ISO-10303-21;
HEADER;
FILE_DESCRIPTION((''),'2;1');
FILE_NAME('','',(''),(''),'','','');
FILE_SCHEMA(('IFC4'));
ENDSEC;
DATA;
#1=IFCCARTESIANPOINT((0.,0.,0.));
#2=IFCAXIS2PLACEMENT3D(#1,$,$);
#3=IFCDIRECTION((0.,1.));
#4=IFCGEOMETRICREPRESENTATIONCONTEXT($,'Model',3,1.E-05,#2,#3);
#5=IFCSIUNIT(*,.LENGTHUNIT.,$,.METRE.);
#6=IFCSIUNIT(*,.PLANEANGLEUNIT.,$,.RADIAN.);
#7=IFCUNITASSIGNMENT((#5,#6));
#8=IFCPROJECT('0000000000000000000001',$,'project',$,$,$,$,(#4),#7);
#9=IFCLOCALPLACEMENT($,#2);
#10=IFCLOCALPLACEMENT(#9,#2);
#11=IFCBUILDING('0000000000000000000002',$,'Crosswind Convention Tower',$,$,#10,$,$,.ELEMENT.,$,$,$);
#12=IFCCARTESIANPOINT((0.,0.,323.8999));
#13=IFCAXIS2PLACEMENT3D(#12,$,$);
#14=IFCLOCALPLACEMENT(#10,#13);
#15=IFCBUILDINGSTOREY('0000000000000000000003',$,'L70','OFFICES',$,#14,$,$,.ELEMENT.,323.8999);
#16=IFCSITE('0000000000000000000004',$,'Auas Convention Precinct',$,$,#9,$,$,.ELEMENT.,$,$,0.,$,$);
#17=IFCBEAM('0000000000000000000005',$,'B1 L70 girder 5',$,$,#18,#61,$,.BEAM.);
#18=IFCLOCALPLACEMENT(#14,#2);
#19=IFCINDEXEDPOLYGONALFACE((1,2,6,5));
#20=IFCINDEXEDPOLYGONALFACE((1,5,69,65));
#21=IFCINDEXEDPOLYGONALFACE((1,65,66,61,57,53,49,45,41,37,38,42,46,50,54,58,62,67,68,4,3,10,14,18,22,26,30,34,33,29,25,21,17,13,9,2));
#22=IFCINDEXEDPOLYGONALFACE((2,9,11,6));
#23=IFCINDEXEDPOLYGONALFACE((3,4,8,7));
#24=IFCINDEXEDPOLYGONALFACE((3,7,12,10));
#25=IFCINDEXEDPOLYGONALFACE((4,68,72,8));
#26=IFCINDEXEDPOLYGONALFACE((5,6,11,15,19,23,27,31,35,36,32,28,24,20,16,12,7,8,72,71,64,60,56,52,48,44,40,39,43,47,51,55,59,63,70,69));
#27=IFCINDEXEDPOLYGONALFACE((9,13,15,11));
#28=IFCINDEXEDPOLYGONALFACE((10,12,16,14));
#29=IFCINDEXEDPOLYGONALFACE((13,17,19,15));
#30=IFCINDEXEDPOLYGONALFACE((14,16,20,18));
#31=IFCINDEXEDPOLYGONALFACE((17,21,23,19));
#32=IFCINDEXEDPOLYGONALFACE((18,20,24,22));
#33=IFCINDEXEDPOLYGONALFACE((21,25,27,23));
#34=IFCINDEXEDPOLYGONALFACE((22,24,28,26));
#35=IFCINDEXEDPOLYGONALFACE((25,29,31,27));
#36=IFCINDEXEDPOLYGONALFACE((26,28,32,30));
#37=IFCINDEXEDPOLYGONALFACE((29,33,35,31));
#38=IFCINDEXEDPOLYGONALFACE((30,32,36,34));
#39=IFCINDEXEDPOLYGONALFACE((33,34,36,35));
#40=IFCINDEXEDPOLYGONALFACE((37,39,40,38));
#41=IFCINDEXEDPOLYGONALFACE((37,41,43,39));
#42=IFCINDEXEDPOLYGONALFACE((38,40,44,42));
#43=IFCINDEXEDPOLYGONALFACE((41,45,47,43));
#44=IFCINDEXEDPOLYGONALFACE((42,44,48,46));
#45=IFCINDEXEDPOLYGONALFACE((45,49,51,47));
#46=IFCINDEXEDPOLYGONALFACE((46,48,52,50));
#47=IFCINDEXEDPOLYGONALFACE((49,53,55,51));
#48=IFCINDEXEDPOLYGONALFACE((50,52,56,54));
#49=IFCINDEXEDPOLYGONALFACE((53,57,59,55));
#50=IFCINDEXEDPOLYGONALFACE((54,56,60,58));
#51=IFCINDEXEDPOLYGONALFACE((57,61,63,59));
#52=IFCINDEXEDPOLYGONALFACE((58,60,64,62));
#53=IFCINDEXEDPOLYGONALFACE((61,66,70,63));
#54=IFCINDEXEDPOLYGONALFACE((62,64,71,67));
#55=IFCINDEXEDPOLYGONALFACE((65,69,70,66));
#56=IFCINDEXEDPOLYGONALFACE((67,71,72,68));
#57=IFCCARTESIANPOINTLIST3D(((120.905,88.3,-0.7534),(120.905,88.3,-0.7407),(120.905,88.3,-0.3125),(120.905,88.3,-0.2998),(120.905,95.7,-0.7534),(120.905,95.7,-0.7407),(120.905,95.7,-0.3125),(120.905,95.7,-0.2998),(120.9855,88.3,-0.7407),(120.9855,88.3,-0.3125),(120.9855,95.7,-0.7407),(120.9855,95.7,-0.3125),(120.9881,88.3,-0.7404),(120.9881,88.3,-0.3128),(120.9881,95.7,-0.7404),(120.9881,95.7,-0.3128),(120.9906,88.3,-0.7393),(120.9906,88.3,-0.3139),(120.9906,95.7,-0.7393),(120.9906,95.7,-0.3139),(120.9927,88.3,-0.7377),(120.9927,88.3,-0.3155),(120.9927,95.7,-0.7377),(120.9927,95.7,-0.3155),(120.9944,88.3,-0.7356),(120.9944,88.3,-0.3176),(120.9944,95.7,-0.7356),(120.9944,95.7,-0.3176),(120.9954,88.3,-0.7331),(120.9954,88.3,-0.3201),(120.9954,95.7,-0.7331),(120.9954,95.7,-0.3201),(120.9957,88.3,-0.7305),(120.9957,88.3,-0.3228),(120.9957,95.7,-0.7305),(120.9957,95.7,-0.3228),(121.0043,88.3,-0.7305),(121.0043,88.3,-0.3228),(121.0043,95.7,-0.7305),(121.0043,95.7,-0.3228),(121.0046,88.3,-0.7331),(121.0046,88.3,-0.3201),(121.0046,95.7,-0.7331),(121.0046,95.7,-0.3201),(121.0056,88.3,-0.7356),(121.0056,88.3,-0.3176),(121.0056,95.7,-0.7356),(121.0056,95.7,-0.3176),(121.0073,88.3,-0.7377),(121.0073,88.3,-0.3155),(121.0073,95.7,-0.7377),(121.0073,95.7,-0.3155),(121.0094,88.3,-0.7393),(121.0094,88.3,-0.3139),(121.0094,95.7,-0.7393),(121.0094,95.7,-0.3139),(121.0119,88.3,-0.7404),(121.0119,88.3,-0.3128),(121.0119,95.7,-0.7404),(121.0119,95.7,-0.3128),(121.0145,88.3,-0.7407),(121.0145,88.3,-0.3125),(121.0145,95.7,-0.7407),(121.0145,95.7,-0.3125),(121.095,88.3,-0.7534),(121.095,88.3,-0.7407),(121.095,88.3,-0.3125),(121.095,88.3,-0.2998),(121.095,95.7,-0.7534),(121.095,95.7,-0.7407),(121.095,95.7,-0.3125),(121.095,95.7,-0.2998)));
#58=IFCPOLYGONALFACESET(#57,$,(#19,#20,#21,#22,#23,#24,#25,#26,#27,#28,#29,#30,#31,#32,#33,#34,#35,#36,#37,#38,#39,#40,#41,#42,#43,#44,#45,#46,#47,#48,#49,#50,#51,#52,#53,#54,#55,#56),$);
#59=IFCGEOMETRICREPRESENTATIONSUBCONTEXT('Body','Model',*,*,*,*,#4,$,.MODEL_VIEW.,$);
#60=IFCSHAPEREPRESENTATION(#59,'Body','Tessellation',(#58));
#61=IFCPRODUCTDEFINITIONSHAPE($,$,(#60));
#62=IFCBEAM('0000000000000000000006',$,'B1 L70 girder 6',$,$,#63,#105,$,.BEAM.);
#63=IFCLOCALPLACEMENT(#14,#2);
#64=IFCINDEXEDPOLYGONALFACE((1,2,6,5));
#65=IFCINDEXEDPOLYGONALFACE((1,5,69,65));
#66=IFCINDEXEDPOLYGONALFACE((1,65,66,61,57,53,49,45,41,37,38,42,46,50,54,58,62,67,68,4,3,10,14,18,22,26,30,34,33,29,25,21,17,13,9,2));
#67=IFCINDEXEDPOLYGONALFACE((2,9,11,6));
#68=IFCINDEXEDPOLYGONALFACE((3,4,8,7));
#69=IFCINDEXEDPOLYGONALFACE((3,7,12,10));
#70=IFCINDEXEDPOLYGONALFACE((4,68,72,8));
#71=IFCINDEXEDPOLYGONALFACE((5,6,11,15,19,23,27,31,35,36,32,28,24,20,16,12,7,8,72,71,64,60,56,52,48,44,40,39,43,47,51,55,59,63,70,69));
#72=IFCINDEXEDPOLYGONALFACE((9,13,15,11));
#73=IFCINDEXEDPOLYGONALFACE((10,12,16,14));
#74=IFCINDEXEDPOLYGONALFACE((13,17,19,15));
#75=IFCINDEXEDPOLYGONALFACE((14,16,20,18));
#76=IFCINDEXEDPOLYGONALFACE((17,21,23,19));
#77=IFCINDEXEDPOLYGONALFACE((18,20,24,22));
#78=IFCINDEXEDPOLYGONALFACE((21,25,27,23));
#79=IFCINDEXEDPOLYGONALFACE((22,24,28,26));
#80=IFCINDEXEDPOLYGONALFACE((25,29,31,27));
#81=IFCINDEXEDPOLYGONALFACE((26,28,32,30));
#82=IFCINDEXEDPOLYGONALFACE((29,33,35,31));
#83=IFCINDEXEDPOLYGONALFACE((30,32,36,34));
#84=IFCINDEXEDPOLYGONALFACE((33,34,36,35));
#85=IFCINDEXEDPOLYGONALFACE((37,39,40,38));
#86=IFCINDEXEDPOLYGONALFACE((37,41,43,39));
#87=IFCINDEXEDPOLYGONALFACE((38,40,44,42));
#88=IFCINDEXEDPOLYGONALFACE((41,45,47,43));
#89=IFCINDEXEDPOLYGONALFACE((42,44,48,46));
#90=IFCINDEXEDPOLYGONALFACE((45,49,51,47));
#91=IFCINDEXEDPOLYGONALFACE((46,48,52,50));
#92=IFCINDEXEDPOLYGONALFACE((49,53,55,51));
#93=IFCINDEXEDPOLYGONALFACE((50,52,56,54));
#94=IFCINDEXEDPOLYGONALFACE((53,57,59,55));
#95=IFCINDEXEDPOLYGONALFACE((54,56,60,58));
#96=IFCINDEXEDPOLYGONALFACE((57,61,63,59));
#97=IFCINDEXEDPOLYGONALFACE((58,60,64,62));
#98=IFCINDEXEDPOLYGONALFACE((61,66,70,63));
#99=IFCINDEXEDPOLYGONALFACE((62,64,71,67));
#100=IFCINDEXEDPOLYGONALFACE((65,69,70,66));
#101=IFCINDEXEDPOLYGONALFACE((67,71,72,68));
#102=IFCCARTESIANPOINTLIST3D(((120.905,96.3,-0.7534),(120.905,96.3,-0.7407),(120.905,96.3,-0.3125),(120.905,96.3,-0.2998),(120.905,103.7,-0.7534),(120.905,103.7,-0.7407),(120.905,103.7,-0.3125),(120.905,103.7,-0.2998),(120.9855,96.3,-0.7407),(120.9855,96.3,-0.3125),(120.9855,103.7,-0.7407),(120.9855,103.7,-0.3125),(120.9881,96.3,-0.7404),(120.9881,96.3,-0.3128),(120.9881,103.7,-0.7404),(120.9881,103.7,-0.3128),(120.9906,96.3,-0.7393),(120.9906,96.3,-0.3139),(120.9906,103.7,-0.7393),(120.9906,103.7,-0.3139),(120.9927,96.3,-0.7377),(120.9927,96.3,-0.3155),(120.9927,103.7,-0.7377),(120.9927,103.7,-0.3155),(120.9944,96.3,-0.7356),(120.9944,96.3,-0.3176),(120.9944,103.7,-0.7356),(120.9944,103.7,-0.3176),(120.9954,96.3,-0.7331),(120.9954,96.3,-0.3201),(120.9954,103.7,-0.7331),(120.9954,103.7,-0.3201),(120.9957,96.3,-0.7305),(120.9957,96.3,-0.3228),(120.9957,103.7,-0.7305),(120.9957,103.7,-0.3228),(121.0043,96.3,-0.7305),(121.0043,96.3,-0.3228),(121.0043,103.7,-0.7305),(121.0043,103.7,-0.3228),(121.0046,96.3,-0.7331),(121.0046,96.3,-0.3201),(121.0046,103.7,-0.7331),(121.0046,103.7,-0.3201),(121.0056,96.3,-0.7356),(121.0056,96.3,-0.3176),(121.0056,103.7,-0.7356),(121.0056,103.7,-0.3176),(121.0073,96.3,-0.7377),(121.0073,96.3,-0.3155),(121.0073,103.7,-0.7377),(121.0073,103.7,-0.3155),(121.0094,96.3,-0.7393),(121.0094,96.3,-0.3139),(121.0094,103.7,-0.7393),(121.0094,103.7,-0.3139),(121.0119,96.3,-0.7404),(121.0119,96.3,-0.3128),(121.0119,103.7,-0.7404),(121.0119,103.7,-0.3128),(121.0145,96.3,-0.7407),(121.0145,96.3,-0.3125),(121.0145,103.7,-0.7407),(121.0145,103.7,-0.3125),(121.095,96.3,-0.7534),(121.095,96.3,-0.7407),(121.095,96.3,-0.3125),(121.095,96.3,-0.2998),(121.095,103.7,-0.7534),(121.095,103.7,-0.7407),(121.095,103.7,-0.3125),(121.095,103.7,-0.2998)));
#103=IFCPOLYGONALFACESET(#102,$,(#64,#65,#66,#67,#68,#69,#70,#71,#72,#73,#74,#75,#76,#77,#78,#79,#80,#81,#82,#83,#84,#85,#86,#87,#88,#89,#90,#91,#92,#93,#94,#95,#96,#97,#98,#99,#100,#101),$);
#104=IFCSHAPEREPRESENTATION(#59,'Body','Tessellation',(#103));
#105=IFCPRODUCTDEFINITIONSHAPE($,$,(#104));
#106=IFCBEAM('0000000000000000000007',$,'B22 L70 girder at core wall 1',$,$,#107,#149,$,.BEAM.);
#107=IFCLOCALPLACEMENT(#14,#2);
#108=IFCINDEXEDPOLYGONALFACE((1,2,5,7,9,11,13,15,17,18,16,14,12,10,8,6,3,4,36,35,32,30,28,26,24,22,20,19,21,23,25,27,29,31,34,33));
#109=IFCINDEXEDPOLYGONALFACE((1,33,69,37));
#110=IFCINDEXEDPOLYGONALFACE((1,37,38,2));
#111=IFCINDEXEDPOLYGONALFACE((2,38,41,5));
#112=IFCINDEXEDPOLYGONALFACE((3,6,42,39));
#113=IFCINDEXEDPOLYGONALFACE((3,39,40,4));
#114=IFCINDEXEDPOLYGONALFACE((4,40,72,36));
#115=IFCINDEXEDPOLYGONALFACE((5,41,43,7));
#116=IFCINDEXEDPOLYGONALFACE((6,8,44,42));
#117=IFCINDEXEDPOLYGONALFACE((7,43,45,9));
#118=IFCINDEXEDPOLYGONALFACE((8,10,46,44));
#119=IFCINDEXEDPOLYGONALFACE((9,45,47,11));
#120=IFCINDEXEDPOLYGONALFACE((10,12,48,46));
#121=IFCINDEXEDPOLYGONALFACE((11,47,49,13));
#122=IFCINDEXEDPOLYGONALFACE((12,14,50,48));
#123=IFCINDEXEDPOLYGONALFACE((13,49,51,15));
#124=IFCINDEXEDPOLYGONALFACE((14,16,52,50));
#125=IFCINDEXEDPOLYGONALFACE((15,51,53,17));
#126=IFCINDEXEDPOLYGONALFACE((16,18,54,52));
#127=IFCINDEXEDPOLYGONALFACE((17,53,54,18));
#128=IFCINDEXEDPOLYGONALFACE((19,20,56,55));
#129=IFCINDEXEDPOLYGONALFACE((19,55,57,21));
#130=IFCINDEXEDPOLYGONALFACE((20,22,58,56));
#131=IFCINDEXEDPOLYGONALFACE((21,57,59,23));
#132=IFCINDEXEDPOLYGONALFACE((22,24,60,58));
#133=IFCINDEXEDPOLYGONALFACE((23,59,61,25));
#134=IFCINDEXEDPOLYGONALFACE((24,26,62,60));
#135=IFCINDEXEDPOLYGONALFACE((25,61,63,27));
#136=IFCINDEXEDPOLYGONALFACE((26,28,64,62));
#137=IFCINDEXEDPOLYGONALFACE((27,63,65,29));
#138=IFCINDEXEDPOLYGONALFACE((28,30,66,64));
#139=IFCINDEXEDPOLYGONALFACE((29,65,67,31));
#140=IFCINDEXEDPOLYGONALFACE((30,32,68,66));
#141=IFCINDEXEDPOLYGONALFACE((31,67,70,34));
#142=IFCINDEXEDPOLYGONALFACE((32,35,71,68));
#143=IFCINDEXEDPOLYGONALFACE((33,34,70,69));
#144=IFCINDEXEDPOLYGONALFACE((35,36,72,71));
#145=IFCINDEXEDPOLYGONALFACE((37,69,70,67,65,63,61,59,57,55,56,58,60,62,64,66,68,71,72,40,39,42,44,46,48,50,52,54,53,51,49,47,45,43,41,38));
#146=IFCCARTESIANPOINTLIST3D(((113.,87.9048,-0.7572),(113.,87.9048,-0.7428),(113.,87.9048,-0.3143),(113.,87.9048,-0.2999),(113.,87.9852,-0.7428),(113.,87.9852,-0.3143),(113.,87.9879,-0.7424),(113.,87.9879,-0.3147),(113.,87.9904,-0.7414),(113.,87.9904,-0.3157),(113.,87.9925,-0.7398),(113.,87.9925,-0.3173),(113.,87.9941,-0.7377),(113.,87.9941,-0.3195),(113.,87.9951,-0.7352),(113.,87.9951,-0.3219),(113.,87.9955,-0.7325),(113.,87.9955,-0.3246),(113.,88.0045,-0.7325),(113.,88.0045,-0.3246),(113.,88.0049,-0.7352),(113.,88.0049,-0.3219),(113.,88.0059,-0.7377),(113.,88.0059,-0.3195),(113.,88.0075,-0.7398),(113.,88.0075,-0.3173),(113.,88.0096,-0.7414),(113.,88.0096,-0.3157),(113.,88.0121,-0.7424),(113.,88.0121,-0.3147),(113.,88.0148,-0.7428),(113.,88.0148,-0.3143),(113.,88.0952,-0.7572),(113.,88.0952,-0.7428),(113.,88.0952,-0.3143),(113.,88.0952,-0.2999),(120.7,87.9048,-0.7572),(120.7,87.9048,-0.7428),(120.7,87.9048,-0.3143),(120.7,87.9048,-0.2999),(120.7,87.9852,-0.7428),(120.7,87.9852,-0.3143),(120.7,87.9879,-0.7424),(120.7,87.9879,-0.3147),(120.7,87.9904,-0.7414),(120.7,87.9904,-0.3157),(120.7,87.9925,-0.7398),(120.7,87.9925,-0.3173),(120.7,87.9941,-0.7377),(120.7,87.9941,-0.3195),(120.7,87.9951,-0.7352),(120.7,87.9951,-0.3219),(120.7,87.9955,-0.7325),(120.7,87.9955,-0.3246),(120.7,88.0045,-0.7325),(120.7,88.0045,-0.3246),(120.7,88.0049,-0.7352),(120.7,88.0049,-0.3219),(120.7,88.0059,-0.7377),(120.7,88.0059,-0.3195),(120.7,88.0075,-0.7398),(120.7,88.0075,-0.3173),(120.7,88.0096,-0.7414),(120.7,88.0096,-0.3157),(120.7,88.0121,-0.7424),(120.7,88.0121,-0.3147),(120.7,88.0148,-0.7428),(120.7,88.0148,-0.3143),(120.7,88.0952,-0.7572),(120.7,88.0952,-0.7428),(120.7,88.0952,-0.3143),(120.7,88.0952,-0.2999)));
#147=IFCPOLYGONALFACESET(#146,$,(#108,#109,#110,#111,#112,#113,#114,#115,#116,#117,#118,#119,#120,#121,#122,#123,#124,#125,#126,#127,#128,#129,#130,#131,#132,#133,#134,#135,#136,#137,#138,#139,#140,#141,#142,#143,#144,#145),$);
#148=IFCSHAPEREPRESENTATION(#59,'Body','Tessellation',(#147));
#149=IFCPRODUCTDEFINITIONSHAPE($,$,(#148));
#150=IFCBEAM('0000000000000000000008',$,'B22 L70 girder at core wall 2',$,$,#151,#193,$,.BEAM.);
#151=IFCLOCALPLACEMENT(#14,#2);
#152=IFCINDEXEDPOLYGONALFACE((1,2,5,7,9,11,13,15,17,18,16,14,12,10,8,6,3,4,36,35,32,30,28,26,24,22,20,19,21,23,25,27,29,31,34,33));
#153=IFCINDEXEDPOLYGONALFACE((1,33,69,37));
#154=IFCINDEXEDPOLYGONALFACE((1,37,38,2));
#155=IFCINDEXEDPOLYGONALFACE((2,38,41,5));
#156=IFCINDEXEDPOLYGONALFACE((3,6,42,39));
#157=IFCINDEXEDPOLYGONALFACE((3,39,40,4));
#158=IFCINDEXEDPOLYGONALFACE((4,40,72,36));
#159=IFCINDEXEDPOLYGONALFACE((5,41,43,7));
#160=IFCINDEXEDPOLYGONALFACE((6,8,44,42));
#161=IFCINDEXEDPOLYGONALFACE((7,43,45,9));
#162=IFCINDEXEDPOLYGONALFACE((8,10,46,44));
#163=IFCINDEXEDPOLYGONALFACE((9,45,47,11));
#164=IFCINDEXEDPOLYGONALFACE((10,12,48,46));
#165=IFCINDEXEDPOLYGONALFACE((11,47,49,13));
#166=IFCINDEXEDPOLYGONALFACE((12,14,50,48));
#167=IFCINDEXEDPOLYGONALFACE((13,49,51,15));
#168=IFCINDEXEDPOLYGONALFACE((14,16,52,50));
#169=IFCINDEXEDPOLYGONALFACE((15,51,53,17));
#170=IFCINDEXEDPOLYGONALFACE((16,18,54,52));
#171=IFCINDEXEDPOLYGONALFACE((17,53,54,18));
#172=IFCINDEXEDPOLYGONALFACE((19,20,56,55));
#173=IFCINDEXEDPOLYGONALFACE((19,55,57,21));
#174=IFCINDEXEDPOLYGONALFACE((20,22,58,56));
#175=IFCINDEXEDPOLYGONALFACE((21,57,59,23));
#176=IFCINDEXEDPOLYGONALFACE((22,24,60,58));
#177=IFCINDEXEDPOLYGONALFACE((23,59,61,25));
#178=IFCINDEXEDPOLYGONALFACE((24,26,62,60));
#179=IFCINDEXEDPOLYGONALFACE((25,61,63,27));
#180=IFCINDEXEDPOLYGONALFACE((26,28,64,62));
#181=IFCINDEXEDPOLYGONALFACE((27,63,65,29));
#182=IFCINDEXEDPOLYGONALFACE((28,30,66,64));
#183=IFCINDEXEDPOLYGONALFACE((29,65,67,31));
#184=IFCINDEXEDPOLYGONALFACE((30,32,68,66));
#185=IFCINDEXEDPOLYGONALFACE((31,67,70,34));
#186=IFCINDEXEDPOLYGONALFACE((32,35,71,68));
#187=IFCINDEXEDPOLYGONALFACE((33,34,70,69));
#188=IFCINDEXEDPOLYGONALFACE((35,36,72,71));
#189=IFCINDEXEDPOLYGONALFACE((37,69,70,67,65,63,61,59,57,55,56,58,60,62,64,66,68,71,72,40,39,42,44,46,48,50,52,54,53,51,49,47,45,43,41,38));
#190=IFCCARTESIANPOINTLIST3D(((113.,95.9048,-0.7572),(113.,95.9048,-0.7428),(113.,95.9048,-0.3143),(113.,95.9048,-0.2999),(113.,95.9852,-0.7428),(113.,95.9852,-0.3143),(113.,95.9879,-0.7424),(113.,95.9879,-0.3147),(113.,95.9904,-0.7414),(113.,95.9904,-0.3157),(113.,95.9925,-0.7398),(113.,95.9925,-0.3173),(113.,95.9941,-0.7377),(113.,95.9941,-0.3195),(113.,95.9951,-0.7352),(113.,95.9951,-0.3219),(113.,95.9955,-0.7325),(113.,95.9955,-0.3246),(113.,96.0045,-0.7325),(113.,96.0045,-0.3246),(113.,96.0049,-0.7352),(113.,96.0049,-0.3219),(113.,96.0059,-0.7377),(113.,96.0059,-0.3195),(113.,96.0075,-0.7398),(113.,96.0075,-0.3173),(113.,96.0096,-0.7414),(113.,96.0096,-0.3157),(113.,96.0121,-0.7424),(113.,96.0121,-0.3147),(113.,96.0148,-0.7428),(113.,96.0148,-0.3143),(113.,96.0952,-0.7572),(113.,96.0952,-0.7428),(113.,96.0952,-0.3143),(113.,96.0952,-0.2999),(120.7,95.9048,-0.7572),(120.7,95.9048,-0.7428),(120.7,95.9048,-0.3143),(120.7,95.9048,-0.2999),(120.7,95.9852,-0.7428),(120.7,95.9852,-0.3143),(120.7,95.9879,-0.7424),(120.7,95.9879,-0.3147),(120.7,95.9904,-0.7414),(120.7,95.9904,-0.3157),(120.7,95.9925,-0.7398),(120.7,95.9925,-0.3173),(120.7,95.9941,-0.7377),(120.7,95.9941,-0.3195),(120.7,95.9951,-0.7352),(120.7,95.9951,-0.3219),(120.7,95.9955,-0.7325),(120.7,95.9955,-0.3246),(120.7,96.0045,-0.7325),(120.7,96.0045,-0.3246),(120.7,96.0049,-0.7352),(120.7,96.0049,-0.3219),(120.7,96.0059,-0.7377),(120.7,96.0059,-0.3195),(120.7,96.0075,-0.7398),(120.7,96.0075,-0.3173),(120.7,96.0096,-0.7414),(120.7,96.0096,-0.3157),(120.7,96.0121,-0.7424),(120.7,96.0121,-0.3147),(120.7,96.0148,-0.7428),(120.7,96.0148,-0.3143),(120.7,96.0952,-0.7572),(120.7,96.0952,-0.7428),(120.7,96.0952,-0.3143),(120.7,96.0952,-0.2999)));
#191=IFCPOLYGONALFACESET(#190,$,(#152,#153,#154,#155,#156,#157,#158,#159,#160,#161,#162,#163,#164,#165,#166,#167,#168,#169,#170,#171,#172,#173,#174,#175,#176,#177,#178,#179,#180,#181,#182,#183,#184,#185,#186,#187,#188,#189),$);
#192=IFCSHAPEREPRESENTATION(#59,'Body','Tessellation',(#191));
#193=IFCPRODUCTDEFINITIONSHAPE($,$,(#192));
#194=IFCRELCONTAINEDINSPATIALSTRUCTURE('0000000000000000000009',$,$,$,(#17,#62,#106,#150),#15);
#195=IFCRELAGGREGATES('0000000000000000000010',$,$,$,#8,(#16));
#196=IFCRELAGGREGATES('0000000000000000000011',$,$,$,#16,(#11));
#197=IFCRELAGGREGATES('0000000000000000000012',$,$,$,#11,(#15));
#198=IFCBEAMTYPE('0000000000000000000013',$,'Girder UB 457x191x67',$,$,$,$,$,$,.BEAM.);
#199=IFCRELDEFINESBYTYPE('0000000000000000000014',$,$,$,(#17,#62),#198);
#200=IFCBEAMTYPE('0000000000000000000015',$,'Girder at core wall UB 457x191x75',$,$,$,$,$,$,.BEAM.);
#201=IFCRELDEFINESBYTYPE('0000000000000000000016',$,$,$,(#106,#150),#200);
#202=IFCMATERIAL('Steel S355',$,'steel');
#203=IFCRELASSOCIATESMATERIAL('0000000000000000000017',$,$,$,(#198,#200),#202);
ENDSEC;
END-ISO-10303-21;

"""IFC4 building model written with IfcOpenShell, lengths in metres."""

from ifc_helpers import new_model, si_unit, direction, frame, origin, origin_2d, place, context, subcontext, project, spatial, i_section, extrude, material, material_profile, profile_set, type_object, element, save


model = new_model("IFC4")

# Units and contexts
model_context = context("Model", 3, precision=1e-05, world=origin(), true_north=direction((0.0, 1.0)))
body_context = subcontext(model_context, "Body", "Model", "MODEL_VIEW")
ifc_project = project(units=[si_unit("LENGTHUNIT", "METRE"), si_unit("PLANEANGLEUNIT", "RADIAN")], contexts=[model_context])

# Site, building, storey
site_placement = place(None, origin())
site = spatial("IfcSite", under=ifc_project, at=site_placement, Name="Auas Convention Precinct", CompositionType="ELEMENT", RefElevation=0.0)
building_placement = place(site_placement, origin())
building = spatial("IfcBuilding", under=site, at=building_placement, Name="Crosswind Convention Tower", CompositionType="ELEMENT")
storey_placement = place(building_placement, frame((0.0, 0.0, 323.8999)))
storey = spatial("IfcBuildingStorey", under=building, at=storey_placement, Name="L70", Description="OFFICES", CompositionType="ELEMENT", Elevation=323.8999)

# Beams
ifc_material_1 = material(Name="Steel S355", Category="steel")
ifc_material_profile_1 = material_profile(ifc_material_1, i_section(OverallWidth=0.1899, OverallDepth=0.4536, WebThickness=0.0085, FlangeThickness=0.0127, FilletRadius=0.0103, at=origin_2d()), Name="UB 457x191x67")
ifc_profile_set_1 = profile_set([ifc_material_profile_1], Name="Steel S355")
beam_type_1 = type_object("IfcBeamType", Name="Girder UB 457x191x67", PredefinedType="BEAM", material=ifc_profile_set_1)
for number, where, z_axis, x_axis, name in (
    (1, (121.0, 88.3, -0.5266), (0.0, 1.0, 0.0), (-1.0, 0.0, 0.0), "B1 L70 girder 5"),
    (2, (121.0, 96.3, -0.5266), (0.0, 1.0, 0.0), (-1.0, 0.0, 0.0), "B1 L70 girder 6"),
):
    element("IfcBeam", number, at=place(storey_placement, frame(where, z_axis=z_axis, x_axis=x_axis)), inside=storey, type_object=beam_type_1, Name=name, PredefinedType="BEAM", context=body_context, shape_type="SweptSolid", body=[
        extrude(i_section(OverallWidth=0.1899, OverallDepth=0.4536, WebThickness=0.0085, FlangeThickness=0.0127, FilletRadius=0.0103, at=origin_2d()), origin(), (0.0, 0.0, 1.0), 7.3999),
    ])
ifc_material_profile_2 = material_profile(ifc_material_1, i_section(OverallWidth=0.1904, OverallDepth=0.4573, WebThickness=0.009, FlangeThickness=0.0144, FilletRadius=0.0103, at=origin_2d()), Name="UB 457x191x75")
ifc_profile_set_2 = profile_set([ifc_material_profile_2], Name="Steel S355")
beam_type_2 = type_object("IfcBeamType", Name="Girder at core wall UB 457x191x75", PredefinedType="BEAM", material=ifc_profile_set_2)
for number, where, z_axis, x_axis, name in (
    (3, (113.0, 88.0, -0.5286), (1.0, 0.0, 0.0), (0.0, 1.0, 0.0), "B22 L70 girder at core wall 1"),
    (4, (113.0, 96.0, -0.5286), (1.0, 0.0, 0.0), (0.0, 1.0, 0.0), "B22 L70 girder at core wall 2"),
):
    element("IfcBeam", number, at=place(storey_placement, frame(where, z_axis=z_axis, x_axis=x_axis)), inside=storey, type_object=beam_type_2, Name=name, PredefinedType="BEAM", context=body_context, shape_type="SweptSolid", body=[
        extrude(i_section(OverallWidth=0.1904, OverallDepth=0.4573, WebThickness=0.009, FlangeThickness=0.0144, FilletRadius=0.0103, at=origin_2d()), origin(), (0.0, 0.0, 1.0), 7.7),
    ])

save(model, "model.ifc")
